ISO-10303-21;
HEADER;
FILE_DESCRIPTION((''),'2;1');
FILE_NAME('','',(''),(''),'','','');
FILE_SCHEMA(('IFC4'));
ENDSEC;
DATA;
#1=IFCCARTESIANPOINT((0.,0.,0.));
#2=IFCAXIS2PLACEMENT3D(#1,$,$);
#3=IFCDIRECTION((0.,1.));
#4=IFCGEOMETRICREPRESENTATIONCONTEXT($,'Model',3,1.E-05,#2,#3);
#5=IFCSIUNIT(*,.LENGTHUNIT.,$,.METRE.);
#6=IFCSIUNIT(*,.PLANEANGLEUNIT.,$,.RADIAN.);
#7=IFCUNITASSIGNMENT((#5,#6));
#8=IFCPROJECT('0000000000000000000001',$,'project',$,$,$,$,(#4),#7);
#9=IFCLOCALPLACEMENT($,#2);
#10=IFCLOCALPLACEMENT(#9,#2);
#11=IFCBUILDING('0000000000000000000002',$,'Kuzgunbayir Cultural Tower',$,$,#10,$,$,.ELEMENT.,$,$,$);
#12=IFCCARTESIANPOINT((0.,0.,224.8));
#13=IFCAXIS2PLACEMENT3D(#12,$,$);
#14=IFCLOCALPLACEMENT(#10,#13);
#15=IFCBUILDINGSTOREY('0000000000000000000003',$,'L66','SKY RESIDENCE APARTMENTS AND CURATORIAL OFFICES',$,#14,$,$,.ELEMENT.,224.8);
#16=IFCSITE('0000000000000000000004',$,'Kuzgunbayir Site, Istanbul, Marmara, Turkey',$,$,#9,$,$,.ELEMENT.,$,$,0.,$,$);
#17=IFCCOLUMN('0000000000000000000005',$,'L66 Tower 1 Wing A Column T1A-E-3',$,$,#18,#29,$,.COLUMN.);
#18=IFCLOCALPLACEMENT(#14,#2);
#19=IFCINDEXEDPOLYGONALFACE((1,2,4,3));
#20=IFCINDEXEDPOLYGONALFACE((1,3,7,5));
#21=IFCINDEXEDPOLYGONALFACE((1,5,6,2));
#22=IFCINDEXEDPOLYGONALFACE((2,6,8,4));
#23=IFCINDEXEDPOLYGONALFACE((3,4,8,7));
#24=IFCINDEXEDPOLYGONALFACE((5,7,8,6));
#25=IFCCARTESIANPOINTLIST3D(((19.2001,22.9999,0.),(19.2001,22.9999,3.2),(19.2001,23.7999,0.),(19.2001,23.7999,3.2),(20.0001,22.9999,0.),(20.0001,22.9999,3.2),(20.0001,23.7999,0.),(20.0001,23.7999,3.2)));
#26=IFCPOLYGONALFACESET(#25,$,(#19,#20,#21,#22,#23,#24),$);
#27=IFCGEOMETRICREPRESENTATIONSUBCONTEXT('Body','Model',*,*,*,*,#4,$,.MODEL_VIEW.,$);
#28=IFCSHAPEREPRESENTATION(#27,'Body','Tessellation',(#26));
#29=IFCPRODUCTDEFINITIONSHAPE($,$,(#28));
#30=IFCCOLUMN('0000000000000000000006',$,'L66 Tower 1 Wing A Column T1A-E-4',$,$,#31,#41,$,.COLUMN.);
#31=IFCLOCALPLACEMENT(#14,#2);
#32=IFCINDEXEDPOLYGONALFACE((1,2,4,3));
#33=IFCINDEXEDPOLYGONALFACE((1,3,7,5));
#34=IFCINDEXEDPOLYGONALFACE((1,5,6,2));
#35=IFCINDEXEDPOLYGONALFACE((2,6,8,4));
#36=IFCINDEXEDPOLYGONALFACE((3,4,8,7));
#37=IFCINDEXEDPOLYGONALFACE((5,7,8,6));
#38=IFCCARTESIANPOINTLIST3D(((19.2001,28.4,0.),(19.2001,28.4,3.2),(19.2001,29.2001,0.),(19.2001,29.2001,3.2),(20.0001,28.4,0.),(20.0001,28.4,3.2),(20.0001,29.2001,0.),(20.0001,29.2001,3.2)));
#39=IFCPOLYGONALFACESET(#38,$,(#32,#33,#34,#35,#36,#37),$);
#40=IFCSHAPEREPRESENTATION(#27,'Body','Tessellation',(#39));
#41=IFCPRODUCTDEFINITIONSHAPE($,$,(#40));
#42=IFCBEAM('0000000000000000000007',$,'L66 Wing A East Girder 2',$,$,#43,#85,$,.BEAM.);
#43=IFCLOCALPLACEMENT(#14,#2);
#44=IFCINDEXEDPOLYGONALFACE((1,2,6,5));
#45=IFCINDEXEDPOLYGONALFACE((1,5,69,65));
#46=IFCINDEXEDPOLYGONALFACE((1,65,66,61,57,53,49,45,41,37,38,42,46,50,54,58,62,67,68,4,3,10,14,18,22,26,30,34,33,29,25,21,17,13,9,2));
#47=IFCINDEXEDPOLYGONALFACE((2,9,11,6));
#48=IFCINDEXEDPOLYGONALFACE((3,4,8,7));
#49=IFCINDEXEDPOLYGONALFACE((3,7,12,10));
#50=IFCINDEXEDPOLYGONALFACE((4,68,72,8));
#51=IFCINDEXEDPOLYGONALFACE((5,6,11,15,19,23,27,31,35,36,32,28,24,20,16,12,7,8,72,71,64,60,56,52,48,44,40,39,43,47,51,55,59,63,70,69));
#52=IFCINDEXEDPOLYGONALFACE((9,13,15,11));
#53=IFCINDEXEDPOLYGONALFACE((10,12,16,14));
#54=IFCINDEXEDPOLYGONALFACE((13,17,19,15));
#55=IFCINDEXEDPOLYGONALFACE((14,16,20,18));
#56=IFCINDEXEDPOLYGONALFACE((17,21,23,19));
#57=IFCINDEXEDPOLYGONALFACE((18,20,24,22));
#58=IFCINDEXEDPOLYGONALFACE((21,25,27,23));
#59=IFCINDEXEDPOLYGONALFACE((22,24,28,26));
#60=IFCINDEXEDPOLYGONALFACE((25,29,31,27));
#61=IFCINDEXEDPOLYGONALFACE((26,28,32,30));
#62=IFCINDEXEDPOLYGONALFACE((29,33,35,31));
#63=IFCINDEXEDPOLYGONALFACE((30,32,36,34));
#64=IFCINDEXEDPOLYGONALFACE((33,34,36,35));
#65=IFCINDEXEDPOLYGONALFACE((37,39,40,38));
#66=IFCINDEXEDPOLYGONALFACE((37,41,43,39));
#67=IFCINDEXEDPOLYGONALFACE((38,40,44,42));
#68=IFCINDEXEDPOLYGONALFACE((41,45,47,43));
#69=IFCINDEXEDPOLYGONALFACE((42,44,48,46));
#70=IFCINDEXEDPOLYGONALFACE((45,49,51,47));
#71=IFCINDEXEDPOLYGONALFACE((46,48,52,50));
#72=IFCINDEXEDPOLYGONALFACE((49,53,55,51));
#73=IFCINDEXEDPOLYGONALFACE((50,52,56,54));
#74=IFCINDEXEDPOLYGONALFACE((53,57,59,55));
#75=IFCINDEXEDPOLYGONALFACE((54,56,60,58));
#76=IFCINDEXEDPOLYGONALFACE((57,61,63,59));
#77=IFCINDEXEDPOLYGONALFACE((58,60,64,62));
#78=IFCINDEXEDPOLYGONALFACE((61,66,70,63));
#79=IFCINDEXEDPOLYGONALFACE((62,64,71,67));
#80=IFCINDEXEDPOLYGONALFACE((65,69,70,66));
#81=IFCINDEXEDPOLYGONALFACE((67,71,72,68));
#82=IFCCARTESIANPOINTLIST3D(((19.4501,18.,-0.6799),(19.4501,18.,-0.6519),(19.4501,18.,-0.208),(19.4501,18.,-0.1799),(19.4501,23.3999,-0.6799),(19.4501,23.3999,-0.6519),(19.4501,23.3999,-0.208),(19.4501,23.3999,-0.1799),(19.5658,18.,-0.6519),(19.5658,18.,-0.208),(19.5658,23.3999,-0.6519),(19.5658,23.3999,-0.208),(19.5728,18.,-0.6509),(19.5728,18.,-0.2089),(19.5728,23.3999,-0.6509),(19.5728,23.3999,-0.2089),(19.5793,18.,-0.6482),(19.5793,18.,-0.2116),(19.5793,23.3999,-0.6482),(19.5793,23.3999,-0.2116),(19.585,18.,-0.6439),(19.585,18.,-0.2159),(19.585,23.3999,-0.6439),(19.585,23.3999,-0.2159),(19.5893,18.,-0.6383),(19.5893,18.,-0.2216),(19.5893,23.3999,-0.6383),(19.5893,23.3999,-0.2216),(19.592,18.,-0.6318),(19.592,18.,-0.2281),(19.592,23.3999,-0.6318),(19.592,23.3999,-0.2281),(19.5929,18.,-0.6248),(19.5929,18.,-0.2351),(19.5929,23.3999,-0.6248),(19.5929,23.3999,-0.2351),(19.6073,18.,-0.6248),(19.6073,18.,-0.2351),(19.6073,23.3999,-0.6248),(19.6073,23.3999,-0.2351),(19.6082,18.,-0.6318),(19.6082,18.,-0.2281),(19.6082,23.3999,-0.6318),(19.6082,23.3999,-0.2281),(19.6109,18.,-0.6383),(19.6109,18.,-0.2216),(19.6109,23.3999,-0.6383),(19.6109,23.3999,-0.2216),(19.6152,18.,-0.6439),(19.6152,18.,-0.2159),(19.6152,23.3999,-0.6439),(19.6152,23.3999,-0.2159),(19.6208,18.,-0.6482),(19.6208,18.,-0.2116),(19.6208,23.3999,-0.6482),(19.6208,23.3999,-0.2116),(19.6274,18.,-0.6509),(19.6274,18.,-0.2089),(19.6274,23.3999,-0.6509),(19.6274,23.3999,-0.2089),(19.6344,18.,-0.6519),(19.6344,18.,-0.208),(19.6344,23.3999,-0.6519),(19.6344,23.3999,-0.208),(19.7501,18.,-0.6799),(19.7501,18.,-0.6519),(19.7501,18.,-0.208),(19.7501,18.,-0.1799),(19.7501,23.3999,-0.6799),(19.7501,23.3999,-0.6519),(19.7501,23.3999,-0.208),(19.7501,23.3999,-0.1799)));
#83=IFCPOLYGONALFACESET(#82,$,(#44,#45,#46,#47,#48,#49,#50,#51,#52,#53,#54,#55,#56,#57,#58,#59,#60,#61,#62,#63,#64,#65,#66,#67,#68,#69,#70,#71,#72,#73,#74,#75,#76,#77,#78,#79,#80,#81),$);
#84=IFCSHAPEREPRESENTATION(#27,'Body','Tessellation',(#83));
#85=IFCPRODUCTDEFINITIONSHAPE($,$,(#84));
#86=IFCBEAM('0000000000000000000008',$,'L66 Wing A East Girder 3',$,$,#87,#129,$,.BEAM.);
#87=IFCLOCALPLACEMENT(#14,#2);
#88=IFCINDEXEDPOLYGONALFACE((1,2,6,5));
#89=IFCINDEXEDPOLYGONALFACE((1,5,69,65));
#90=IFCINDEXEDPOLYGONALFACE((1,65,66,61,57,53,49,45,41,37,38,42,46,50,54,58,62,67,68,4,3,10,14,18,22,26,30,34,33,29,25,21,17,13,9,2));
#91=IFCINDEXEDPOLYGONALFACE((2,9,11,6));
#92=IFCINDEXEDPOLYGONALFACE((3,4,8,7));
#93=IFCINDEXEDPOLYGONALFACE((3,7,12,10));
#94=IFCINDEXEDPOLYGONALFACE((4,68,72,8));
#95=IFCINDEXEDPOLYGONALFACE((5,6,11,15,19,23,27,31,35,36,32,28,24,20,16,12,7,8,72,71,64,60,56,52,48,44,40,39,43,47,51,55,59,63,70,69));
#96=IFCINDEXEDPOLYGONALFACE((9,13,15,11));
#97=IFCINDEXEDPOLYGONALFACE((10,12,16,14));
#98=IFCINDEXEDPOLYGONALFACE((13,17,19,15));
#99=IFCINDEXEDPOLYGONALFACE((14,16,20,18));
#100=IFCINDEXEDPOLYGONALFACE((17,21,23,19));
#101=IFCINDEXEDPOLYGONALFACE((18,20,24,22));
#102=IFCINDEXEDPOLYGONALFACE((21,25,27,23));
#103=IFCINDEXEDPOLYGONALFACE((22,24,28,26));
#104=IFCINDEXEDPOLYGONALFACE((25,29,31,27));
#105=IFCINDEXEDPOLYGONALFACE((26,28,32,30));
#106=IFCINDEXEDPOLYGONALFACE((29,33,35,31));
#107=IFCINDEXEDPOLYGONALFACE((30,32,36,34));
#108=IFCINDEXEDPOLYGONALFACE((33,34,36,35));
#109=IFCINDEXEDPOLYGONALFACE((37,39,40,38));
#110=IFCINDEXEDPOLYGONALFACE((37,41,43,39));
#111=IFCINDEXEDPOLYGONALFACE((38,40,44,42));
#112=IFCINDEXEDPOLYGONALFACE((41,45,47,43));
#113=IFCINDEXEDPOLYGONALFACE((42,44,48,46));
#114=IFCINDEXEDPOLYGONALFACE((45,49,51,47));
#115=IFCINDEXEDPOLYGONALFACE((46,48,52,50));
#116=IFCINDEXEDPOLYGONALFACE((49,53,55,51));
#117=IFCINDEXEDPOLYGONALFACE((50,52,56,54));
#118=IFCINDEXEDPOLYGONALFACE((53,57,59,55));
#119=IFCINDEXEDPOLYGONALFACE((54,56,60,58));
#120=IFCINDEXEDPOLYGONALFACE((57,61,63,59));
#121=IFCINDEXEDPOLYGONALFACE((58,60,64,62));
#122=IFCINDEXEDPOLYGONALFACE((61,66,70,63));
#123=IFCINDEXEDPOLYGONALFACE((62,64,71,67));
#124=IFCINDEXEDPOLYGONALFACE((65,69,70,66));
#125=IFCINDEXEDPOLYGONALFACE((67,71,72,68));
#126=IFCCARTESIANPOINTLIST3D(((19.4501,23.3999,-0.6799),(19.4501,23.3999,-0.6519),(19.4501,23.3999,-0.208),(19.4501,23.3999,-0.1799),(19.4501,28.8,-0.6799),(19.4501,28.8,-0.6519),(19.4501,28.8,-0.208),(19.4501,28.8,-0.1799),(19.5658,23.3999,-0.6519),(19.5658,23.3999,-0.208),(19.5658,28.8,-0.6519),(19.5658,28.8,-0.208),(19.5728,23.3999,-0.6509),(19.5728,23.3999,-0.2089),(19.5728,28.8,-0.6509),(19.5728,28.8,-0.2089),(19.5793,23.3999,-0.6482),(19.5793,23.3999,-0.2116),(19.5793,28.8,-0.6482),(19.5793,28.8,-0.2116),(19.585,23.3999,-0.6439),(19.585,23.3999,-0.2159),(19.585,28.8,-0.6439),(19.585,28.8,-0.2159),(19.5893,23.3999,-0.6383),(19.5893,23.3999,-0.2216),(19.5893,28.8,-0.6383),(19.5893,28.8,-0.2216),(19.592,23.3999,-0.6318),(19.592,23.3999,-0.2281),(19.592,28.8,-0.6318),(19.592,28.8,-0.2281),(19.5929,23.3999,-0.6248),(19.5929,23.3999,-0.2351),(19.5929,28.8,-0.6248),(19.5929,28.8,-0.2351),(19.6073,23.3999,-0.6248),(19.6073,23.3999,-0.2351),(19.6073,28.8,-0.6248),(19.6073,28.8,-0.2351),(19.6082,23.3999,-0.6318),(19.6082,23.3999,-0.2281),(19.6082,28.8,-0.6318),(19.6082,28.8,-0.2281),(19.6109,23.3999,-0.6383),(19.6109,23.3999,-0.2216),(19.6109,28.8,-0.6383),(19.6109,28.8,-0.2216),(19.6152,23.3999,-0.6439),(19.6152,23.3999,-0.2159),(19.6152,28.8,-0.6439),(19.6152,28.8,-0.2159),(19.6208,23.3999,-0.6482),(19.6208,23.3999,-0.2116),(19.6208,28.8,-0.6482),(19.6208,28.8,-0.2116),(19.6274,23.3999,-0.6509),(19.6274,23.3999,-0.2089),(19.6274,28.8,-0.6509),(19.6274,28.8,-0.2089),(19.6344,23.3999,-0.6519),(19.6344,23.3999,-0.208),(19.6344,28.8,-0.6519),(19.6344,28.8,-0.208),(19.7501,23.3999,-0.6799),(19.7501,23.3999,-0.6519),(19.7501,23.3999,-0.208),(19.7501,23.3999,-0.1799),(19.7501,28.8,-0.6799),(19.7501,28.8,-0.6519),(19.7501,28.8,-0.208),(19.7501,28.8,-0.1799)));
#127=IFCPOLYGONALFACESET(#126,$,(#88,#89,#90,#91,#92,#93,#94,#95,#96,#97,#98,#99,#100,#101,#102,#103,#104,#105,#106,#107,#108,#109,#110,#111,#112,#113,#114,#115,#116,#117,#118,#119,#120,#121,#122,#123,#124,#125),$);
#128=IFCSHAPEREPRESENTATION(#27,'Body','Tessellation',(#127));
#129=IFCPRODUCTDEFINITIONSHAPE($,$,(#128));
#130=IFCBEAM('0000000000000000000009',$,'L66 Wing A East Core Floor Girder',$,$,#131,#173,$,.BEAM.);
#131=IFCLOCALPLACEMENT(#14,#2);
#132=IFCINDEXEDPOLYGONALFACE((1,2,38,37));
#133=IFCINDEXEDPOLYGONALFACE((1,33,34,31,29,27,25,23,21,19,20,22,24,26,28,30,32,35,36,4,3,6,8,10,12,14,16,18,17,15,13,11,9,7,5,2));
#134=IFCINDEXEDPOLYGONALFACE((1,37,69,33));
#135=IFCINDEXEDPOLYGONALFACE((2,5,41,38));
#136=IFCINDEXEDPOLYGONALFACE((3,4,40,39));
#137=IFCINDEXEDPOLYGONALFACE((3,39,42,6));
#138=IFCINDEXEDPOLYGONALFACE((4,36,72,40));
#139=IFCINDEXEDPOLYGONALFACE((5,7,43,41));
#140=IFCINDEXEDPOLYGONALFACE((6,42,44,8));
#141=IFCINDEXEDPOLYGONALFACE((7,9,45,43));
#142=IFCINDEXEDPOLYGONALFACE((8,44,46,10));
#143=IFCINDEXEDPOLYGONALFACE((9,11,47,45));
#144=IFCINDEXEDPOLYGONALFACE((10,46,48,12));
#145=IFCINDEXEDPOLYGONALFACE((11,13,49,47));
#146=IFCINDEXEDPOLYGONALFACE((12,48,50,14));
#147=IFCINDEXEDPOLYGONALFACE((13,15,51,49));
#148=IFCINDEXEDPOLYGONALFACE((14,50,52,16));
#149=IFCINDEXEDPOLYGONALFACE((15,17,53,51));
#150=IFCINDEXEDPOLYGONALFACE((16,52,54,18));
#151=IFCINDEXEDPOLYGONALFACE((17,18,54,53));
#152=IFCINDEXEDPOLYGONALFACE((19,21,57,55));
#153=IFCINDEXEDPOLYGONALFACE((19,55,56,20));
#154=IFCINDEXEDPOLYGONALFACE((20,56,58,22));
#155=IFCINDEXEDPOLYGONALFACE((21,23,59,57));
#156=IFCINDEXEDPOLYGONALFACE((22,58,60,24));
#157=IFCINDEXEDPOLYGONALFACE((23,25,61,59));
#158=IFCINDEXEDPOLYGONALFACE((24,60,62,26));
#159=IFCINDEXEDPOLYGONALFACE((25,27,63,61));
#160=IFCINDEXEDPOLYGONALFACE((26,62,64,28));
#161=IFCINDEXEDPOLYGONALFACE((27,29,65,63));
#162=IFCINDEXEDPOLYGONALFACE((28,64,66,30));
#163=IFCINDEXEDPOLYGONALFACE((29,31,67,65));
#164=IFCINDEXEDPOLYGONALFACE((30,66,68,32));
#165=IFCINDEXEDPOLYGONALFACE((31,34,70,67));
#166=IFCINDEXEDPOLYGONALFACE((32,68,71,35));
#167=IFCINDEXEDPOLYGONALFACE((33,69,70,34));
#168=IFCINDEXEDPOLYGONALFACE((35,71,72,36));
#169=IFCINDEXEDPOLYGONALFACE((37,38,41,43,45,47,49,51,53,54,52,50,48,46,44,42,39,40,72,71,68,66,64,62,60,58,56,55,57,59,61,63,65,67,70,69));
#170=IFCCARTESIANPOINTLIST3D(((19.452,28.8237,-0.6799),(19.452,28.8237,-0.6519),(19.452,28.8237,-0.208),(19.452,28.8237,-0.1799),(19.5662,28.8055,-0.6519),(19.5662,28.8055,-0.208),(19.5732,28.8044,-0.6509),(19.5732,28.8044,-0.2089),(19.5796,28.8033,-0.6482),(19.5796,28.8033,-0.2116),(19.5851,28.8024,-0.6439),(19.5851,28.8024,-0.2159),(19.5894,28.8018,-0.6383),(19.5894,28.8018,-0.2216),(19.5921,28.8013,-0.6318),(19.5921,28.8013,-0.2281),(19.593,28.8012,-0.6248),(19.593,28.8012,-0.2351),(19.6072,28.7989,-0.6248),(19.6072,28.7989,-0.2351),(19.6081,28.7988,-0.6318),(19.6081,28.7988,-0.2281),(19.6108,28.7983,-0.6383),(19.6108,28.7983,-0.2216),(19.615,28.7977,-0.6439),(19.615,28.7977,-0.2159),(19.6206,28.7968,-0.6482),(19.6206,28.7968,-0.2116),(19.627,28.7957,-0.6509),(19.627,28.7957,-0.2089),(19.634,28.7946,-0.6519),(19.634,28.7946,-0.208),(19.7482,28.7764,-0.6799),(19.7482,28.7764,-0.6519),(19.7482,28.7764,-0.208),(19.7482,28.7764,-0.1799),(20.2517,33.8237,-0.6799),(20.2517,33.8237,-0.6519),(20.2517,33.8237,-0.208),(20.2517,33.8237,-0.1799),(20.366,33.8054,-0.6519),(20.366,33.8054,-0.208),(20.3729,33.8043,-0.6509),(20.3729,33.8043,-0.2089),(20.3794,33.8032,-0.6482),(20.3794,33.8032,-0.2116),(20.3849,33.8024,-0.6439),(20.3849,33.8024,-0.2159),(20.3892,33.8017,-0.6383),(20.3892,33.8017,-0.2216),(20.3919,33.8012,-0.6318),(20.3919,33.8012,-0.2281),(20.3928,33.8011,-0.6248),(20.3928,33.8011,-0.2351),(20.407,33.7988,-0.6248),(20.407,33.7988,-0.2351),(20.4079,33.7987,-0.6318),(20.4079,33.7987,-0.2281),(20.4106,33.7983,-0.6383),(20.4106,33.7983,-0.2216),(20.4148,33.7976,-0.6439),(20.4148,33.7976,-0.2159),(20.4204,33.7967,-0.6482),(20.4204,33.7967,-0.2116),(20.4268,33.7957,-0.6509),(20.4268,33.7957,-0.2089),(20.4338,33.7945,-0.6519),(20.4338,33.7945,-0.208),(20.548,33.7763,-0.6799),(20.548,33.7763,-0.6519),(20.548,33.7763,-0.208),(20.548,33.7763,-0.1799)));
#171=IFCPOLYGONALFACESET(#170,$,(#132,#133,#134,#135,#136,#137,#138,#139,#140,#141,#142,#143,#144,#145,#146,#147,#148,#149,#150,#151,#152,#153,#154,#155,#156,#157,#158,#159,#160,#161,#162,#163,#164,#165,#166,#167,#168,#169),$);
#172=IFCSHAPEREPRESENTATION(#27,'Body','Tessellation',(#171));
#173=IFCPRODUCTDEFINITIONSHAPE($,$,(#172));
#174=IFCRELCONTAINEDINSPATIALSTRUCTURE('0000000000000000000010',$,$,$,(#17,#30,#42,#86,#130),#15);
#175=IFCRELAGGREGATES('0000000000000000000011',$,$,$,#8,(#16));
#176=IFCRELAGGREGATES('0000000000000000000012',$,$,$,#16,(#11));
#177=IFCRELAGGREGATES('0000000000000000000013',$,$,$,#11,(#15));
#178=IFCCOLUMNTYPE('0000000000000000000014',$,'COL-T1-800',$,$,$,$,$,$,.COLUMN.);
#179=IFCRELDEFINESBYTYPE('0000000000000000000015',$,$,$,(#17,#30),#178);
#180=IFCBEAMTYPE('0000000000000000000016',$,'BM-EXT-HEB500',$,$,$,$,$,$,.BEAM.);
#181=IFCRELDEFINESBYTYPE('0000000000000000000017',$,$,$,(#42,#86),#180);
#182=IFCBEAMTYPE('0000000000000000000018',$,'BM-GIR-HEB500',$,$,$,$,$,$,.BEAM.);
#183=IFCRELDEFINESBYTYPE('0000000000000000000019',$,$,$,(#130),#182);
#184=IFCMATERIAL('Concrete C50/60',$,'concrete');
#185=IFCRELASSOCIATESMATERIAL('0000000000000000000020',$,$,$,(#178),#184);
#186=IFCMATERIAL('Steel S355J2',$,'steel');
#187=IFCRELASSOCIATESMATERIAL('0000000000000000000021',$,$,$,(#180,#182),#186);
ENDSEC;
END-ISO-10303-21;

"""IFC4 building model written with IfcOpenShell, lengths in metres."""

from ifc_helpers import new_model, si_unit, direction, frame, origin, origin_2d, place, context, subcontext, project, spatial, rectangle, i_section, extrude, material, material_profile, profile_set, type_object, element, save


model = new_model("IFC4")

# Units and contexts
model_context = context("Model", 3, precision=1e-05, world=origin(), true_north=direction((0.0, 1.0)))
body_context = subcontext(model_context, "Body", "Model", "MODEL_VIEW")
ifc_project = project(units=[si_unit("LENGTHUNIT", "METRE"), si_unit("PLANEANGLEUNIT", "RADIAN")], contexts=[model_context])

# Site, building, storey
site_placement = place(None, origin())
site = spatial("IfcSite", under=ifc_project, at=site_placement, Name="Kuzgunbayir Site, Istanbul, Marmara, Turkey", CompositionType="ELEMENT", RefElevation=0.0)
building_placement = place(site_placement, origin())
building = spatial("IfcBuilding", under=site, at=building_placement, Name="Kuzgunbayir Cultural Tower", CompositionType="ELEMENT")
storey_placement = place(building_placement, frame((0.0, 0.0, 224.8)))
storey = spatial("IfcBuildingStorey", under=building, at=storey_placement, Name="L66", Description="SKY RESIDENCE APARTMENTS AND CURATORIAL OFFICES", CompositionType="ELEMENT", Elevation=224.8)

# Columns
ifc_material_1 = material(Name="Concrete C50/60", Category="concrete")
ifc_material_profile_1 = material_profile(ifc_material_1, rectangle(XDim=0.8, YDim=0.8, at=origin_2d()), Name="RC 800x800")
ifc_profile_set_1 = profile_set([ifc_material_profile_1], Name="Concrete C50/60")
column_type = type_object("IfcColumnType", Name="COL-T1-800", PredefinedType="COLUMN", material=ifc_profile_set_1)
for number, where, z_axis, x_axis, name in (
    (1, (19.6001, 23.3999, 0.0), (0.0, 0.0, 1.0), (1.0, 0.0, 0.0), "L66 Tower 1 Wing A Column T1A-E-3"),
    (2, (19.6001, 28.8, 0.0), (0.0, 0.0, 1.0), (1.0, 0.0, 0.0), "L66 Tower 1 Wing A Column T1A-E-4"),
):
    element("IfcColumn", number, at=place(storey_placement, frame(where, z_axis=z_axis, x_axis=x_axis)), inside=storey, type_object=column_type, Name=name, PredefinedType="COLUMN", context=body_context, shape_type="SweptSolid", body=[
        extrude(rectangle(XDim=0.8, YDim=0.8, at=origin_2d()), origin(), (0.0, 0.0, 1.0), 3.2),
    ])

# Beams
ifc_material_2 = material(Name="Steel S355J2", Category="steel")
ifc_material_profile_2 = material_profile(ifc_material_2, i_section(OverallWidth=0.3, OverallDepth=0.5, WebThickness=0.0144, FlangeThickness=0.0281, FilletRadius=0.0271, at=origin_2d()), Name="HEB 500")
ifc_profile_set_2 = profile_set([ifc_material_profile_2], Name="Steel S355J2")
beam_type_1 = type_object("IfcBeamType", Name="BM-EXT-HEB500", PredefinedType="BEAM", material=ifc_profile_set_2)
beam_1_placement = place(storey_placement, frame((19.6001, 18.0, -0.4299), z_axis=(0.0, 1.0, 0.0), x_axis=(-1.0, 0.0, 0.0)))
element("IfcBeam", 3, at=beam_1_placement, inside=storey, type_object=beam_type_1, Name="L66 Wing A East Girder 2", PredefinedType="BEAM", context=body_context, shape_type="SweptSolid", body=[
    extrude(i_section(OverallWidth=0.3, OverallDepth=0.5, WebThickness=0.0144, FlangeThickness=0.0281, FilletRadius=0.0271, at=origin_2d()), origin(), (0.0, 0.0, 1.0), 5.3999),
])
beam_2_placement = place(storey_placement, frame((19.6001, 23.3999, -0.4299), z_axis=(0.0, 1.0, 0.0), x_axis=(-1.0, 0.0, 0.0)))
element("IfcBeam", 4, at=beam_2_placement, inside=storey, type_object=beam_type_1, Name="L66 Wing A East Girder 3", PredefinedType="BEAM", context=body_context, shape_type="SweptSolid", body=[
    extrude(i_section(OverallWidth=0.3, OverallDepth=0.5, WebThickness=0.0144, FlangeThickness=0.0281, FilletRadius=0.0271, at=origin_2d()), origin(), (0.0, 0.0, 1.0), 5.4001),
])
ifc_material_profile_3 = material_profile(ifc_material_2, i_section(OverallWidth=0.3, OverallDepth=0.5, WebThickness=0.0144, FlangeThickness=0.0281, FilletRadius=0.0271, at=origin_2d()), Name="HEB 500")
ifc_profile_set_3 = profile_set([ifc_material_profile_3], Name="Steel S355J2")
beam_type_2 = type_object("IfcBeamType", Name="BM-GIR-HEB500", PredefinedType="BEAM", material=ifc_profile_set_3)
beam_3_placement = place(storey_placement, frame((19.6001, 28.8, -0.4299), z_axis=(0.157953, 0.987447, 0.0), x_axis=(-0.987447, 0.157953, 0.0)))
element("IfcBeam", 5, at=beam_3_placement, inside=storey, type_object=beam_type_2, Name="L66 Wing A East Core Floor Girder", PredefinedType="BEAM", context=body_context, shape_type="SweptSolid", body=[
    extrude(i_section(OverallWidth=0.3, OverallDepth=0.5, WebThickness=0.0144, FlangeThickness=0.0281, FilletRadius=0.0271, at=origin_2d()), origin(), (0.0, 0.0, 1.0), 5.0635),
])

save(model, "model.ifc")
